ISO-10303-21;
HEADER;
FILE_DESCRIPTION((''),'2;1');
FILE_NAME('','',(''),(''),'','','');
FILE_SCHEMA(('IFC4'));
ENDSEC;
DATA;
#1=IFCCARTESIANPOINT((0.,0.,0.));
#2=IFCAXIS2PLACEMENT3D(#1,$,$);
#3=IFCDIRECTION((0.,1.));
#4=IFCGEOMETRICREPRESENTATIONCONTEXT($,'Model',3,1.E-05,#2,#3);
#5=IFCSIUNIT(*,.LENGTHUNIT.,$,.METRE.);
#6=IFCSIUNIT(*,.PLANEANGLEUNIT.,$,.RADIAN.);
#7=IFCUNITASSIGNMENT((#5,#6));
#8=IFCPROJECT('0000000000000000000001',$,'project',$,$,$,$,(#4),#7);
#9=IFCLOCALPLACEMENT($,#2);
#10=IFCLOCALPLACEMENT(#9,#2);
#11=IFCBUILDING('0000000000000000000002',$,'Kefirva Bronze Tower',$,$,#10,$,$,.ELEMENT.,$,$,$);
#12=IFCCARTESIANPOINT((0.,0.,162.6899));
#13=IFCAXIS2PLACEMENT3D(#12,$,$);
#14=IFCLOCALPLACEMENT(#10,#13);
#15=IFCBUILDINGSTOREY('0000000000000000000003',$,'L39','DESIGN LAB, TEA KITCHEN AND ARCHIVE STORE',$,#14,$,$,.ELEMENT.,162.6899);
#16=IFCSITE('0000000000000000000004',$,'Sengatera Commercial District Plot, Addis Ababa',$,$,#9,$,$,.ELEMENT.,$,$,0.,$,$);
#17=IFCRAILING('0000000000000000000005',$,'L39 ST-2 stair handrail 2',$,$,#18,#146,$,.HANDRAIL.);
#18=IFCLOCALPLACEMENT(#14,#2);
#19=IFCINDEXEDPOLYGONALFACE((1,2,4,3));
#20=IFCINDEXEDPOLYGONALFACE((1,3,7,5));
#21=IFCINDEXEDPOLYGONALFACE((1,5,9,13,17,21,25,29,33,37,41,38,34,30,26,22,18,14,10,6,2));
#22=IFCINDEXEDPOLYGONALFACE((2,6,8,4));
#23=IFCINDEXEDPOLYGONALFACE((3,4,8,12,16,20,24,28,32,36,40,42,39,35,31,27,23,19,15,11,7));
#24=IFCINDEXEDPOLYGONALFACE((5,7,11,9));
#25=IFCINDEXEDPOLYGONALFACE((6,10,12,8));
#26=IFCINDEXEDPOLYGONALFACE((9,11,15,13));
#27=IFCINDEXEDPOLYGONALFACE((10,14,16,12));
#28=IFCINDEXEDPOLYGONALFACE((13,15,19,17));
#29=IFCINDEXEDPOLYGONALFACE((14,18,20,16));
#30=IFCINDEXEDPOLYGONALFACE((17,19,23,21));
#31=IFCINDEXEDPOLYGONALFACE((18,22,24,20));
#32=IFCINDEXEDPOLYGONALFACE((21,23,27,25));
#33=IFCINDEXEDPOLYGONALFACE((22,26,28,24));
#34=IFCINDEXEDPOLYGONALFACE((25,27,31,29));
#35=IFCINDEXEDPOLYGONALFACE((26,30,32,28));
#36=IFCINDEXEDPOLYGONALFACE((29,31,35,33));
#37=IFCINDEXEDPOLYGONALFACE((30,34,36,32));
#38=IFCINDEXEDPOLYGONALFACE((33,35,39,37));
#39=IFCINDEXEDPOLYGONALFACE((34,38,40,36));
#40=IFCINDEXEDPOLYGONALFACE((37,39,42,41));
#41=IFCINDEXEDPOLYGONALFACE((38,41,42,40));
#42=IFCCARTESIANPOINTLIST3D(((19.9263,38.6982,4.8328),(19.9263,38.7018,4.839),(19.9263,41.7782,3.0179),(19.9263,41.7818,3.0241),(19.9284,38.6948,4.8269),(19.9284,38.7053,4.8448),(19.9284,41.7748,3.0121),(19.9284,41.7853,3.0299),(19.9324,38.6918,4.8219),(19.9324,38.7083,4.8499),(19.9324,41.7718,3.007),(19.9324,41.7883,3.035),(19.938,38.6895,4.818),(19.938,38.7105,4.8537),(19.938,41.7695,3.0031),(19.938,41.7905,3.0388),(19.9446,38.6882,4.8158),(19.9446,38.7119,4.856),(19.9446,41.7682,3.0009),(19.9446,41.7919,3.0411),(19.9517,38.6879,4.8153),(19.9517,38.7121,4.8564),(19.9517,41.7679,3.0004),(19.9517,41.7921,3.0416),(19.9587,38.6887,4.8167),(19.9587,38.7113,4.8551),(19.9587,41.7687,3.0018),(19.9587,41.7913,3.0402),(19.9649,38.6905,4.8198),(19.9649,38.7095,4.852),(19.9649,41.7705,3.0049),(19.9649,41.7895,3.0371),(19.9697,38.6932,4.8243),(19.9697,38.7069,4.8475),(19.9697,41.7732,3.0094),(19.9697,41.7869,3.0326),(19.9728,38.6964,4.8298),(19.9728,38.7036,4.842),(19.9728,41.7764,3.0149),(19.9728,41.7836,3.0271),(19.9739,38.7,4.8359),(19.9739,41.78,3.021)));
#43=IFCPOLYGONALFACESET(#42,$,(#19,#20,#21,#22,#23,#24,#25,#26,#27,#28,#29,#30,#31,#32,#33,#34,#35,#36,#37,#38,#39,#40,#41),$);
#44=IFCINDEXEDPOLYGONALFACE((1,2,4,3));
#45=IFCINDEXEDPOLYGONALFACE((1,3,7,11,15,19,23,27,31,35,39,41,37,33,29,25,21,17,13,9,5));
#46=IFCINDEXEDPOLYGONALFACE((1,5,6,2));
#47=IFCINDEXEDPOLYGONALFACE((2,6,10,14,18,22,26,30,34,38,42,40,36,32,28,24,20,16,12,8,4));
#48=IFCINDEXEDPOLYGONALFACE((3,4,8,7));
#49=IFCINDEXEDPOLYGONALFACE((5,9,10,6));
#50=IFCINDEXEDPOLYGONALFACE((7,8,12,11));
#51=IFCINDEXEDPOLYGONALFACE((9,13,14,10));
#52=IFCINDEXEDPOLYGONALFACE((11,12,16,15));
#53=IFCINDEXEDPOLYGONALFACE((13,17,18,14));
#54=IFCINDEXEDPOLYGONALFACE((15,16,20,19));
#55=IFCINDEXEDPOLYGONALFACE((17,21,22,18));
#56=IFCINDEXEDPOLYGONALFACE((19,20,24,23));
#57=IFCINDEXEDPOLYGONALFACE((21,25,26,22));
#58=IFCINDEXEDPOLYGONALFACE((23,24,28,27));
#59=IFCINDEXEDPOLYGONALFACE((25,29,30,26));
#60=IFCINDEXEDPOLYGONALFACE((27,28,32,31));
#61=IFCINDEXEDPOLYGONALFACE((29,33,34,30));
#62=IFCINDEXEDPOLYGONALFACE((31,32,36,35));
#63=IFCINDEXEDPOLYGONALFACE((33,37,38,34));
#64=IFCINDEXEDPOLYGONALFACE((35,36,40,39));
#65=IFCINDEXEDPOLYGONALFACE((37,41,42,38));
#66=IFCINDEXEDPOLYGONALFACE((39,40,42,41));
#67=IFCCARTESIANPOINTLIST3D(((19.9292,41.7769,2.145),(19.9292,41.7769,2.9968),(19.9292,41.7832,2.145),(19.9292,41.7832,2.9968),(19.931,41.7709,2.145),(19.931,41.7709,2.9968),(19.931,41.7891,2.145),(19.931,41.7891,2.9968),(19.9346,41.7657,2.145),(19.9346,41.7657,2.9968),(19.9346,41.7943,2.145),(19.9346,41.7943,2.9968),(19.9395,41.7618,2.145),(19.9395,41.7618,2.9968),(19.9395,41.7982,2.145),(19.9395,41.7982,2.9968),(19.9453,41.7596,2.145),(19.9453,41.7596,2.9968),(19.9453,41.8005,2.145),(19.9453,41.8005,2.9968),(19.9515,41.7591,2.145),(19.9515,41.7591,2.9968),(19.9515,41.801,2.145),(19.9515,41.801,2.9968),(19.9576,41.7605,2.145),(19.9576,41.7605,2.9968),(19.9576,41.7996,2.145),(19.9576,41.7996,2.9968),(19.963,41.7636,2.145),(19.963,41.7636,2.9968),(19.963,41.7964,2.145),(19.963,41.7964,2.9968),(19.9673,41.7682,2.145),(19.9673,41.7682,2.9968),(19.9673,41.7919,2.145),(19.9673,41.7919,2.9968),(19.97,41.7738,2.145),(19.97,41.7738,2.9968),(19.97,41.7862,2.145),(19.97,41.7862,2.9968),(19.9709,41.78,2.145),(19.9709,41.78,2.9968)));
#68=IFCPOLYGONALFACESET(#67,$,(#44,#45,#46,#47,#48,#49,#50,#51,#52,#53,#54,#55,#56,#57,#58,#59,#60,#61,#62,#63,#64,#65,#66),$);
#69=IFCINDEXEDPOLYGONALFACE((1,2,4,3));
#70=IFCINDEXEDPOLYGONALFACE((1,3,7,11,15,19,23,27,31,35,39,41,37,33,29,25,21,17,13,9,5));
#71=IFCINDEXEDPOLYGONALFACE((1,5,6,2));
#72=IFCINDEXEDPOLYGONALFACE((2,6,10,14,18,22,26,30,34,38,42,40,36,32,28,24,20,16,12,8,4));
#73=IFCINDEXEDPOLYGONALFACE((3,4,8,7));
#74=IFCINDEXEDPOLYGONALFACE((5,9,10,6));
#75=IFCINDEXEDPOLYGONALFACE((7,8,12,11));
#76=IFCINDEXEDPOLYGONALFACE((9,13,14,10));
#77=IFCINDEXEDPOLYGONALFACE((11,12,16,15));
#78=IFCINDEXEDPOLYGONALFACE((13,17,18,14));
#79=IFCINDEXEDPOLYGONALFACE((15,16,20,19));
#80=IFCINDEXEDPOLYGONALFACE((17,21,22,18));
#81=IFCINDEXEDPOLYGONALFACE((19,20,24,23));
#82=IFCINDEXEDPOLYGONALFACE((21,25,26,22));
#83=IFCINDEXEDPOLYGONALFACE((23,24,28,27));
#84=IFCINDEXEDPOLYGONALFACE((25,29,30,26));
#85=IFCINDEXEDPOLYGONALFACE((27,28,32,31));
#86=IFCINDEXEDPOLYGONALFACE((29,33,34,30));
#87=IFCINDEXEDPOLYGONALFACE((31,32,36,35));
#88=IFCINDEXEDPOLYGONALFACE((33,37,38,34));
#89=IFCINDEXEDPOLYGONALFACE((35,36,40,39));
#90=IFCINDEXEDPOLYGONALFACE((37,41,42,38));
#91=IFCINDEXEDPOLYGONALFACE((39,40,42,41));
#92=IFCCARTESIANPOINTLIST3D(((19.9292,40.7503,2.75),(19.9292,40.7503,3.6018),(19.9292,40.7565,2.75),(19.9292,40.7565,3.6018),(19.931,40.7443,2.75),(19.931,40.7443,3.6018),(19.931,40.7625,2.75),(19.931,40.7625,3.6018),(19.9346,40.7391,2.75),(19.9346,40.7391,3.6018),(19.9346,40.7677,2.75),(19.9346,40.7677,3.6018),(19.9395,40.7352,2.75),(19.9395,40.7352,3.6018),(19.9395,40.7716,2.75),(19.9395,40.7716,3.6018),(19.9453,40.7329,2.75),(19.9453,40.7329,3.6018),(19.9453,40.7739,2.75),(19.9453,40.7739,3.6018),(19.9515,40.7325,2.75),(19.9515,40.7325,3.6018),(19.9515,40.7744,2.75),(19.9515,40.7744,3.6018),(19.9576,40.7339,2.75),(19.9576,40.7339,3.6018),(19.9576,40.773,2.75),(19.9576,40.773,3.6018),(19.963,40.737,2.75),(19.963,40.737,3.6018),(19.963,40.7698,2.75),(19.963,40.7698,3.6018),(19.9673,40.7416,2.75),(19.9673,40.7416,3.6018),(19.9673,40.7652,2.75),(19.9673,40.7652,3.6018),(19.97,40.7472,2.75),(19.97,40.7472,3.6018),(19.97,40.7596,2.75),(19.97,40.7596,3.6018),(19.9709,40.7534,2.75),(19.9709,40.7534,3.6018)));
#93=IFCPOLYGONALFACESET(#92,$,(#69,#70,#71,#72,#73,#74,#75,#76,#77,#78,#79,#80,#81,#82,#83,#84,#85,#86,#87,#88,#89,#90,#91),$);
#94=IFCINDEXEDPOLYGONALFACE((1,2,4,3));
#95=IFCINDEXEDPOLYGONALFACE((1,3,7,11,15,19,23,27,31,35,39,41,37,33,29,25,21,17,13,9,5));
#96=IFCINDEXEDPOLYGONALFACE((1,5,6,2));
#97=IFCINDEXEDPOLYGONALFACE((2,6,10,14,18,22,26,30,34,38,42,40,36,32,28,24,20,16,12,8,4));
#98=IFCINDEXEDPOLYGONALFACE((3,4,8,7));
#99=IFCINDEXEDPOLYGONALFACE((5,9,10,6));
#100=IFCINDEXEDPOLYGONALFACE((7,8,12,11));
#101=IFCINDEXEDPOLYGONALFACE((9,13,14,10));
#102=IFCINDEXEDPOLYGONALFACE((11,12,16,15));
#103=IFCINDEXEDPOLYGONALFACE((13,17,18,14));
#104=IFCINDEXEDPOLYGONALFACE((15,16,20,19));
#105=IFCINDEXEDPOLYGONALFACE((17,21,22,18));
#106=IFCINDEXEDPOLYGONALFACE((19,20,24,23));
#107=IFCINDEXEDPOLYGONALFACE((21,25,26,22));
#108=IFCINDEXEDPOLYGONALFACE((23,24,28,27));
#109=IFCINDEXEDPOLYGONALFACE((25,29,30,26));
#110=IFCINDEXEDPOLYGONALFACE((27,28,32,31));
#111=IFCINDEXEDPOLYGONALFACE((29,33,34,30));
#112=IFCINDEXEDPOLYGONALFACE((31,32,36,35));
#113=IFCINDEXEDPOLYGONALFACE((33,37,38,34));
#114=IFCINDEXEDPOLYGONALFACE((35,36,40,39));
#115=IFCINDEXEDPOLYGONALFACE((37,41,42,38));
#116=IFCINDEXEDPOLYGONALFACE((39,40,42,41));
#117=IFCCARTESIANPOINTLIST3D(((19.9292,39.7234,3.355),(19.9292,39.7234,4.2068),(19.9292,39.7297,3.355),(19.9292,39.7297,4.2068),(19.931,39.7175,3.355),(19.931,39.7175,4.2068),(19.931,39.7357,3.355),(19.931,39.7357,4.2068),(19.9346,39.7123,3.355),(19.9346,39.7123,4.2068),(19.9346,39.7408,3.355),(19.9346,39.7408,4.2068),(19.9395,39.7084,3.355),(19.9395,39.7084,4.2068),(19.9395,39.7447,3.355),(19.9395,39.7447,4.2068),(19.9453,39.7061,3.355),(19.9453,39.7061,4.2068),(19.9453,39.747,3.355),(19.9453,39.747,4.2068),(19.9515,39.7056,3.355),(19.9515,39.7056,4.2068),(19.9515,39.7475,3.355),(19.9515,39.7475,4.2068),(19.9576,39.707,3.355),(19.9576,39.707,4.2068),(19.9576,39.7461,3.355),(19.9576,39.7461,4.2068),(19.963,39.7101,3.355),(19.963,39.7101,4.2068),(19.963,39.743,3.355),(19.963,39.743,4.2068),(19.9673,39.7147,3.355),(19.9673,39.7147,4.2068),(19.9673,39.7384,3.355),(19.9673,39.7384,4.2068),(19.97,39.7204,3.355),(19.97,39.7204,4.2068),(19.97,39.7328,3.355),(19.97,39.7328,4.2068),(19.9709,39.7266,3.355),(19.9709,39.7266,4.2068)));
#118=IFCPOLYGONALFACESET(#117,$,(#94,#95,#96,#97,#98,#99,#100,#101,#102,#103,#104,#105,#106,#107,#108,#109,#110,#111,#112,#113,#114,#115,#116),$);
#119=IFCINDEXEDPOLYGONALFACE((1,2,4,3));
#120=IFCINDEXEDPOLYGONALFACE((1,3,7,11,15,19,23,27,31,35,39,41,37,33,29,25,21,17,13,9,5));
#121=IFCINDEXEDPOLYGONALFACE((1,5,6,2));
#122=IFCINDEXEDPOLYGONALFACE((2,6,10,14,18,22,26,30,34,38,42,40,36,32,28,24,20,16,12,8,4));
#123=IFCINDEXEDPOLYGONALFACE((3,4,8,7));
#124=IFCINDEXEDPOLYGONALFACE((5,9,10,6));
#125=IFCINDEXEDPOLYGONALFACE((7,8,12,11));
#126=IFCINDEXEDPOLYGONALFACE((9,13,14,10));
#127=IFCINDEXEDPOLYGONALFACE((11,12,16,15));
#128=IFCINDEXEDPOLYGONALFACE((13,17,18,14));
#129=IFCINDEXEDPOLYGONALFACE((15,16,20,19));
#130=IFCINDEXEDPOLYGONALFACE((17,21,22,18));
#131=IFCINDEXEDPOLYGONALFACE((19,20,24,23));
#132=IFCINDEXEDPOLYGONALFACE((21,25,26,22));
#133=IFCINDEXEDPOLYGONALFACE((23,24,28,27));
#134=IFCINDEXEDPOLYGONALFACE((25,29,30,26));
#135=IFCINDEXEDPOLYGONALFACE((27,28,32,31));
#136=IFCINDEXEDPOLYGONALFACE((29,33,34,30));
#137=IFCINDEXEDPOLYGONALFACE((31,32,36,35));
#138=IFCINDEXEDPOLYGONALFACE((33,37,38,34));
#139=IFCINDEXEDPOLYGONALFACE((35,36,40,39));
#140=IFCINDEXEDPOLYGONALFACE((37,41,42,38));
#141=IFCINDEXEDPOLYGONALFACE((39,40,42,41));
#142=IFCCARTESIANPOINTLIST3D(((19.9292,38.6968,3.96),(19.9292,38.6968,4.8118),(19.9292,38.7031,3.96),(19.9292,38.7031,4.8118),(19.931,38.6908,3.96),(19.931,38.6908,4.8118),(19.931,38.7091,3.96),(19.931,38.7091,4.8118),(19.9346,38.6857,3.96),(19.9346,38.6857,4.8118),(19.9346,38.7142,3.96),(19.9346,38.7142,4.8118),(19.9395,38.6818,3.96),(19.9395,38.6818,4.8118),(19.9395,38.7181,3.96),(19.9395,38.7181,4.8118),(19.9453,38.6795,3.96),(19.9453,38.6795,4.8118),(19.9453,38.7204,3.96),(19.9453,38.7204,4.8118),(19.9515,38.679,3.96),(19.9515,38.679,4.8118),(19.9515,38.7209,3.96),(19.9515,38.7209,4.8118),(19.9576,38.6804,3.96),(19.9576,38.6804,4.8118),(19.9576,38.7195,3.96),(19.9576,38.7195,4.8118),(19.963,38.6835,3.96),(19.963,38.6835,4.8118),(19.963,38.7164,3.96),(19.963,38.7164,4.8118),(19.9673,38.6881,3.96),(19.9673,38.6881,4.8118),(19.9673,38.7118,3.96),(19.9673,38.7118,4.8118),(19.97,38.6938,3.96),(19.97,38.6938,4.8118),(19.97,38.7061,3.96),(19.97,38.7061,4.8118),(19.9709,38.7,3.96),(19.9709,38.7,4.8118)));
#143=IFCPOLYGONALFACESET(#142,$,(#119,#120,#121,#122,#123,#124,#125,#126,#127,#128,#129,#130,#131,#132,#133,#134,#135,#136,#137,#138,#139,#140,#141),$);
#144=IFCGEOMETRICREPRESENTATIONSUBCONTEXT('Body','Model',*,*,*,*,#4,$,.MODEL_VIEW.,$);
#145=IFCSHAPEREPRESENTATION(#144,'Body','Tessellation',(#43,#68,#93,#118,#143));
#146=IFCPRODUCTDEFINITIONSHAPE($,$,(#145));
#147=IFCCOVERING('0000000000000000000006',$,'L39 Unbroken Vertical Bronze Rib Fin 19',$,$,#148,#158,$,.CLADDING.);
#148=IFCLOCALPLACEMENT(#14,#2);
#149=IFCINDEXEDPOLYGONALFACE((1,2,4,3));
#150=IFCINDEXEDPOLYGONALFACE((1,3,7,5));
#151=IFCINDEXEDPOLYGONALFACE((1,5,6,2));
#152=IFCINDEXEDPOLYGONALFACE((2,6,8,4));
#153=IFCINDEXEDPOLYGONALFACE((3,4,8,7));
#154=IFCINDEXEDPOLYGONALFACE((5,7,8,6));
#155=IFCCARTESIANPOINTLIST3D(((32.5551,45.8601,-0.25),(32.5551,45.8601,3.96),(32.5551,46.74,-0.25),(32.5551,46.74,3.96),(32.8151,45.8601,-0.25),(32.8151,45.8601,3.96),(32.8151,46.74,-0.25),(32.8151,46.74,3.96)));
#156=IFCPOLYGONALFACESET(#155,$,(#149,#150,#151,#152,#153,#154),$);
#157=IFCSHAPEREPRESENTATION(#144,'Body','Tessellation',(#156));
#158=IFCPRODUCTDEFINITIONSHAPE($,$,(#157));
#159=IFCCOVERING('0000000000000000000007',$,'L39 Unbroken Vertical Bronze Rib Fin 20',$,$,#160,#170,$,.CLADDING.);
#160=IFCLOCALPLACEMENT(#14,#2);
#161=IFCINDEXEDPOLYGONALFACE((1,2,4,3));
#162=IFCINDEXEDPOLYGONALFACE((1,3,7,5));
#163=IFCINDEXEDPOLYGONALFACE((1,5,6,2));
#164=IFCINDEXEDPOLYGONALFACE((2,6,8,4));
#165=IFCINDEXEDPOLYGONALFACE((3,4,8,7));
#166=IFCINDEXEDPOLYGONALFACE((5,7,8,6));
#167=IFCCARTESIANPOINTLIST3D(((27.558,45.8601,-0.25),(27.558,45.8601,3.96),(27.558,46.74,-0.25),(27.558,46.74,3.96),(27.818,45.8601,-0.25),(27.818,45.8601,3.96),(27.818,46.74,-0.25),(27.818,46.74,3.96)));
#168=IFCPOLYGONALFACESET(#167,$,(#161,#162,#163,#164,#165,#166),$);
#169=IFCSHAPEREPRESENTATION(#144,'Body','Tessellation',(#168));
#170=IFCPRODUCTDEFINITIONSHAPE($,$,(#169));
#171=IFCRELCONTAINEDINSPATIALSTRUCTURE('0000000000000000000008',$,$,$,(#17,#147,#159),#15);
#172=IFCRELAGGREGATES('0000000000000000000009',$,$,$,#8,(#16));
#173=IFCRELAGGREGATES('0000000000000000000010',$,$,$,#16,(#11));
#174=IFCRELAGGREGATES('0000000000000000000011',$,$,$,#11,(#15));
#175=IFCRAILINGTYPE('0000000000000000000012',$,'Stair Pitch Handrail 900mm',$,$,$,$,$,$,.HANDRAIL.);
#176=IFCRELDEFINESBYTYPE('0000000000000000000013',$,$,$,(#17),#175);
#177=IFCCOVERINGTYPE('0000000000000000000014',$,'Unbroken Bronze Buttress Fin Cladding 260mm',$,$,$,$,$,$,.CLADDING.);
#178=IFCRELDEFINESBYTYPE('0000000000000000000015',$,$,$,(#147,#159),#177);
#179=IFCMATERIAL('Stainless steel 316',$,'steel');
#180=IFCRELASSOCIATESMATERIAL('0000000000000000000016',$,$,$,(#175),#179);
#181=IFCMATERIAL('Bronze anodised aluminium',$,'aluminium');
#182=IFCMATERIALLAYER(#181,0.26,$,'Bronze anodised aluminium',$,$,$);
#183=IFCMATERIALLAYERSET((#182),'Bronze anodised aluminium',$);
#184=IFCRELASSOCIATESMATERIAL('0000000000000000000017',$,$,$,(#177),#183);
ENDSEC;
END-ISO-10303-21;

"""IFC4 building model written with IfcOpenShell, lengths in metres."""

from ifc_helpers import new_model, si_unit, direction, frame, origin, origin_2d, place, context, subcontext, project, spatial, rectangle, circle, extrude, material, layer, layer_set, type_object, element, save


model = new_model("IFC4")

# Units and contexts
model_context = context("Model", 3, precision=1e-05, world=origin(), true_north=direction((0.0, 1.0)))
body_context = subcontext(model_context, "Body", "Model", "MODEL_VIEW")
ifc_project = project(units=[si_unit("LENGTHUNIT", "METRE"), si_unit("PLANEANGLEUNIT", "RADIAN")], contexts=[model_context])

# Site, building, storey
site_placement = place(None, origin())
site = spatial("IfcSite", under=ifc_project, at=site_placement, Name="Sengatera Commercial District Plot, Addis Ababa", CompositionType="ELEMENT", RefElevation=0.0)
building_placement = place(site_placement, origin())
building = spatial("IfcBuilding", under=site, at=building_placement, Name="Kefirva Bronze Tower", CompositionType="ELEMENT")
storey_placement = place(building_placement, frame((0.0, 0.0, 162.6899)))
storey = spatial("IfcBuildingStorey", under=building, at=storey_placement, Name="L39", Description="DESIGN LAB, TEA KITCHEN AND ARCHIVE STORE", CompositionType="ELEMENT", Elevation=162.6899)

# Shared definitions
ifc_material_1 = material(Name="Bronze anodised aluminium", Category="aluminium")

# Railing
ifc_material_2 = material(Name="Stainless steel 316", Category="steel")
railing_type_1 = type_object("IfcRailingType", Name="Stair Pitch Handrail 900mm", PredefinedType="HANDRAIL", material=ifc_material_2)
railing_1_placement = place(storey_placement, frame((19.95, 41.78, 2.145)))
element("IfcRailing", 1, at=railing_1_placement, inside=storey, type_object=railing_type_1, Name="L39 ST-2 stair handrail 2", PredefinedType="HANDRAIL", context=body_context, shape_type="SweptSolid", body=[
    extrude(circle(Radius=0.0239, at=origin_2d()), frame((0.0, 0.0, 0.876), z_axis=(0.0, -0.861551, 0.507671), x_axis=(1.0, 0.0, 0.0)), (0.0, 0.0, 1.0), 3.575),
    extrude(circle(Radius=0.021, at=origin_2d()), origin(), (0.0, 0.0, 1.0), 0.8518),
    extrude(circle(Radius=0.021, at=origin_2d()), frame((0.0, -1.0266, 0.605)), (0.0, 0.0, 1.0), 0.8518),
    extrude(circle(Radius=0.021, at=origin_2d()), frame((0.0, -2.0535, 1.21)), (0.0, 0.0, 1.0), 0.8518),
    extrude(circle(Radius=0.021, at=origin_2d()), frame((0.0, -3.0801, 1.8149)), (0.0, 0.0, 1.0), 0.8518),
])

# Coverings
ifc_layer_1 = layer(ifc_material_1, 0.26, Name="Bronze anodised aluminium")
ifc_layer_set_1 = layer_set([ifc_layer_1], Name="Bronze anodised aluminium")
covering_type_1 = type_object("IfcCoveringType", Name="Unbroken Bronze Buttress Fin Cladding 260mm", PredefinedType="CLADDING", material=ifc_layer_set_1)
for number, where, z_axis, x_axis, name in (
    (2, (32.6851, 46.3, -0.25), (0.0, 0.0, 1.0), (-1.0, 0.0, 0.0), "L39 Unbroken Vertical Bronze Rib Fin 19"),
    (3, (27.688, 46.3, -0.25), (0.0, 0.0, 1.0), (-1.0, 0.0, 0.0), "L39 Unbroken Vertical Bronze Rib Fin 20"),
):
    element("IfcCovering", number, at=place(storey_placement, frame(where, z_axis=z_axis, x_axis=x_axis)), inside=storey, type_object=covering_type_1, Name=name, PredefinedType="CLADDING", context=body_context, shape_type="SweptSolid", body=[
        extrude(rectangle(XDim=0.26, YDim=0.8799, at=origin_2d()), origin(), (0.0, 0.0, 1.0), 4.21),
    ])

save(model, "model.ifc")
